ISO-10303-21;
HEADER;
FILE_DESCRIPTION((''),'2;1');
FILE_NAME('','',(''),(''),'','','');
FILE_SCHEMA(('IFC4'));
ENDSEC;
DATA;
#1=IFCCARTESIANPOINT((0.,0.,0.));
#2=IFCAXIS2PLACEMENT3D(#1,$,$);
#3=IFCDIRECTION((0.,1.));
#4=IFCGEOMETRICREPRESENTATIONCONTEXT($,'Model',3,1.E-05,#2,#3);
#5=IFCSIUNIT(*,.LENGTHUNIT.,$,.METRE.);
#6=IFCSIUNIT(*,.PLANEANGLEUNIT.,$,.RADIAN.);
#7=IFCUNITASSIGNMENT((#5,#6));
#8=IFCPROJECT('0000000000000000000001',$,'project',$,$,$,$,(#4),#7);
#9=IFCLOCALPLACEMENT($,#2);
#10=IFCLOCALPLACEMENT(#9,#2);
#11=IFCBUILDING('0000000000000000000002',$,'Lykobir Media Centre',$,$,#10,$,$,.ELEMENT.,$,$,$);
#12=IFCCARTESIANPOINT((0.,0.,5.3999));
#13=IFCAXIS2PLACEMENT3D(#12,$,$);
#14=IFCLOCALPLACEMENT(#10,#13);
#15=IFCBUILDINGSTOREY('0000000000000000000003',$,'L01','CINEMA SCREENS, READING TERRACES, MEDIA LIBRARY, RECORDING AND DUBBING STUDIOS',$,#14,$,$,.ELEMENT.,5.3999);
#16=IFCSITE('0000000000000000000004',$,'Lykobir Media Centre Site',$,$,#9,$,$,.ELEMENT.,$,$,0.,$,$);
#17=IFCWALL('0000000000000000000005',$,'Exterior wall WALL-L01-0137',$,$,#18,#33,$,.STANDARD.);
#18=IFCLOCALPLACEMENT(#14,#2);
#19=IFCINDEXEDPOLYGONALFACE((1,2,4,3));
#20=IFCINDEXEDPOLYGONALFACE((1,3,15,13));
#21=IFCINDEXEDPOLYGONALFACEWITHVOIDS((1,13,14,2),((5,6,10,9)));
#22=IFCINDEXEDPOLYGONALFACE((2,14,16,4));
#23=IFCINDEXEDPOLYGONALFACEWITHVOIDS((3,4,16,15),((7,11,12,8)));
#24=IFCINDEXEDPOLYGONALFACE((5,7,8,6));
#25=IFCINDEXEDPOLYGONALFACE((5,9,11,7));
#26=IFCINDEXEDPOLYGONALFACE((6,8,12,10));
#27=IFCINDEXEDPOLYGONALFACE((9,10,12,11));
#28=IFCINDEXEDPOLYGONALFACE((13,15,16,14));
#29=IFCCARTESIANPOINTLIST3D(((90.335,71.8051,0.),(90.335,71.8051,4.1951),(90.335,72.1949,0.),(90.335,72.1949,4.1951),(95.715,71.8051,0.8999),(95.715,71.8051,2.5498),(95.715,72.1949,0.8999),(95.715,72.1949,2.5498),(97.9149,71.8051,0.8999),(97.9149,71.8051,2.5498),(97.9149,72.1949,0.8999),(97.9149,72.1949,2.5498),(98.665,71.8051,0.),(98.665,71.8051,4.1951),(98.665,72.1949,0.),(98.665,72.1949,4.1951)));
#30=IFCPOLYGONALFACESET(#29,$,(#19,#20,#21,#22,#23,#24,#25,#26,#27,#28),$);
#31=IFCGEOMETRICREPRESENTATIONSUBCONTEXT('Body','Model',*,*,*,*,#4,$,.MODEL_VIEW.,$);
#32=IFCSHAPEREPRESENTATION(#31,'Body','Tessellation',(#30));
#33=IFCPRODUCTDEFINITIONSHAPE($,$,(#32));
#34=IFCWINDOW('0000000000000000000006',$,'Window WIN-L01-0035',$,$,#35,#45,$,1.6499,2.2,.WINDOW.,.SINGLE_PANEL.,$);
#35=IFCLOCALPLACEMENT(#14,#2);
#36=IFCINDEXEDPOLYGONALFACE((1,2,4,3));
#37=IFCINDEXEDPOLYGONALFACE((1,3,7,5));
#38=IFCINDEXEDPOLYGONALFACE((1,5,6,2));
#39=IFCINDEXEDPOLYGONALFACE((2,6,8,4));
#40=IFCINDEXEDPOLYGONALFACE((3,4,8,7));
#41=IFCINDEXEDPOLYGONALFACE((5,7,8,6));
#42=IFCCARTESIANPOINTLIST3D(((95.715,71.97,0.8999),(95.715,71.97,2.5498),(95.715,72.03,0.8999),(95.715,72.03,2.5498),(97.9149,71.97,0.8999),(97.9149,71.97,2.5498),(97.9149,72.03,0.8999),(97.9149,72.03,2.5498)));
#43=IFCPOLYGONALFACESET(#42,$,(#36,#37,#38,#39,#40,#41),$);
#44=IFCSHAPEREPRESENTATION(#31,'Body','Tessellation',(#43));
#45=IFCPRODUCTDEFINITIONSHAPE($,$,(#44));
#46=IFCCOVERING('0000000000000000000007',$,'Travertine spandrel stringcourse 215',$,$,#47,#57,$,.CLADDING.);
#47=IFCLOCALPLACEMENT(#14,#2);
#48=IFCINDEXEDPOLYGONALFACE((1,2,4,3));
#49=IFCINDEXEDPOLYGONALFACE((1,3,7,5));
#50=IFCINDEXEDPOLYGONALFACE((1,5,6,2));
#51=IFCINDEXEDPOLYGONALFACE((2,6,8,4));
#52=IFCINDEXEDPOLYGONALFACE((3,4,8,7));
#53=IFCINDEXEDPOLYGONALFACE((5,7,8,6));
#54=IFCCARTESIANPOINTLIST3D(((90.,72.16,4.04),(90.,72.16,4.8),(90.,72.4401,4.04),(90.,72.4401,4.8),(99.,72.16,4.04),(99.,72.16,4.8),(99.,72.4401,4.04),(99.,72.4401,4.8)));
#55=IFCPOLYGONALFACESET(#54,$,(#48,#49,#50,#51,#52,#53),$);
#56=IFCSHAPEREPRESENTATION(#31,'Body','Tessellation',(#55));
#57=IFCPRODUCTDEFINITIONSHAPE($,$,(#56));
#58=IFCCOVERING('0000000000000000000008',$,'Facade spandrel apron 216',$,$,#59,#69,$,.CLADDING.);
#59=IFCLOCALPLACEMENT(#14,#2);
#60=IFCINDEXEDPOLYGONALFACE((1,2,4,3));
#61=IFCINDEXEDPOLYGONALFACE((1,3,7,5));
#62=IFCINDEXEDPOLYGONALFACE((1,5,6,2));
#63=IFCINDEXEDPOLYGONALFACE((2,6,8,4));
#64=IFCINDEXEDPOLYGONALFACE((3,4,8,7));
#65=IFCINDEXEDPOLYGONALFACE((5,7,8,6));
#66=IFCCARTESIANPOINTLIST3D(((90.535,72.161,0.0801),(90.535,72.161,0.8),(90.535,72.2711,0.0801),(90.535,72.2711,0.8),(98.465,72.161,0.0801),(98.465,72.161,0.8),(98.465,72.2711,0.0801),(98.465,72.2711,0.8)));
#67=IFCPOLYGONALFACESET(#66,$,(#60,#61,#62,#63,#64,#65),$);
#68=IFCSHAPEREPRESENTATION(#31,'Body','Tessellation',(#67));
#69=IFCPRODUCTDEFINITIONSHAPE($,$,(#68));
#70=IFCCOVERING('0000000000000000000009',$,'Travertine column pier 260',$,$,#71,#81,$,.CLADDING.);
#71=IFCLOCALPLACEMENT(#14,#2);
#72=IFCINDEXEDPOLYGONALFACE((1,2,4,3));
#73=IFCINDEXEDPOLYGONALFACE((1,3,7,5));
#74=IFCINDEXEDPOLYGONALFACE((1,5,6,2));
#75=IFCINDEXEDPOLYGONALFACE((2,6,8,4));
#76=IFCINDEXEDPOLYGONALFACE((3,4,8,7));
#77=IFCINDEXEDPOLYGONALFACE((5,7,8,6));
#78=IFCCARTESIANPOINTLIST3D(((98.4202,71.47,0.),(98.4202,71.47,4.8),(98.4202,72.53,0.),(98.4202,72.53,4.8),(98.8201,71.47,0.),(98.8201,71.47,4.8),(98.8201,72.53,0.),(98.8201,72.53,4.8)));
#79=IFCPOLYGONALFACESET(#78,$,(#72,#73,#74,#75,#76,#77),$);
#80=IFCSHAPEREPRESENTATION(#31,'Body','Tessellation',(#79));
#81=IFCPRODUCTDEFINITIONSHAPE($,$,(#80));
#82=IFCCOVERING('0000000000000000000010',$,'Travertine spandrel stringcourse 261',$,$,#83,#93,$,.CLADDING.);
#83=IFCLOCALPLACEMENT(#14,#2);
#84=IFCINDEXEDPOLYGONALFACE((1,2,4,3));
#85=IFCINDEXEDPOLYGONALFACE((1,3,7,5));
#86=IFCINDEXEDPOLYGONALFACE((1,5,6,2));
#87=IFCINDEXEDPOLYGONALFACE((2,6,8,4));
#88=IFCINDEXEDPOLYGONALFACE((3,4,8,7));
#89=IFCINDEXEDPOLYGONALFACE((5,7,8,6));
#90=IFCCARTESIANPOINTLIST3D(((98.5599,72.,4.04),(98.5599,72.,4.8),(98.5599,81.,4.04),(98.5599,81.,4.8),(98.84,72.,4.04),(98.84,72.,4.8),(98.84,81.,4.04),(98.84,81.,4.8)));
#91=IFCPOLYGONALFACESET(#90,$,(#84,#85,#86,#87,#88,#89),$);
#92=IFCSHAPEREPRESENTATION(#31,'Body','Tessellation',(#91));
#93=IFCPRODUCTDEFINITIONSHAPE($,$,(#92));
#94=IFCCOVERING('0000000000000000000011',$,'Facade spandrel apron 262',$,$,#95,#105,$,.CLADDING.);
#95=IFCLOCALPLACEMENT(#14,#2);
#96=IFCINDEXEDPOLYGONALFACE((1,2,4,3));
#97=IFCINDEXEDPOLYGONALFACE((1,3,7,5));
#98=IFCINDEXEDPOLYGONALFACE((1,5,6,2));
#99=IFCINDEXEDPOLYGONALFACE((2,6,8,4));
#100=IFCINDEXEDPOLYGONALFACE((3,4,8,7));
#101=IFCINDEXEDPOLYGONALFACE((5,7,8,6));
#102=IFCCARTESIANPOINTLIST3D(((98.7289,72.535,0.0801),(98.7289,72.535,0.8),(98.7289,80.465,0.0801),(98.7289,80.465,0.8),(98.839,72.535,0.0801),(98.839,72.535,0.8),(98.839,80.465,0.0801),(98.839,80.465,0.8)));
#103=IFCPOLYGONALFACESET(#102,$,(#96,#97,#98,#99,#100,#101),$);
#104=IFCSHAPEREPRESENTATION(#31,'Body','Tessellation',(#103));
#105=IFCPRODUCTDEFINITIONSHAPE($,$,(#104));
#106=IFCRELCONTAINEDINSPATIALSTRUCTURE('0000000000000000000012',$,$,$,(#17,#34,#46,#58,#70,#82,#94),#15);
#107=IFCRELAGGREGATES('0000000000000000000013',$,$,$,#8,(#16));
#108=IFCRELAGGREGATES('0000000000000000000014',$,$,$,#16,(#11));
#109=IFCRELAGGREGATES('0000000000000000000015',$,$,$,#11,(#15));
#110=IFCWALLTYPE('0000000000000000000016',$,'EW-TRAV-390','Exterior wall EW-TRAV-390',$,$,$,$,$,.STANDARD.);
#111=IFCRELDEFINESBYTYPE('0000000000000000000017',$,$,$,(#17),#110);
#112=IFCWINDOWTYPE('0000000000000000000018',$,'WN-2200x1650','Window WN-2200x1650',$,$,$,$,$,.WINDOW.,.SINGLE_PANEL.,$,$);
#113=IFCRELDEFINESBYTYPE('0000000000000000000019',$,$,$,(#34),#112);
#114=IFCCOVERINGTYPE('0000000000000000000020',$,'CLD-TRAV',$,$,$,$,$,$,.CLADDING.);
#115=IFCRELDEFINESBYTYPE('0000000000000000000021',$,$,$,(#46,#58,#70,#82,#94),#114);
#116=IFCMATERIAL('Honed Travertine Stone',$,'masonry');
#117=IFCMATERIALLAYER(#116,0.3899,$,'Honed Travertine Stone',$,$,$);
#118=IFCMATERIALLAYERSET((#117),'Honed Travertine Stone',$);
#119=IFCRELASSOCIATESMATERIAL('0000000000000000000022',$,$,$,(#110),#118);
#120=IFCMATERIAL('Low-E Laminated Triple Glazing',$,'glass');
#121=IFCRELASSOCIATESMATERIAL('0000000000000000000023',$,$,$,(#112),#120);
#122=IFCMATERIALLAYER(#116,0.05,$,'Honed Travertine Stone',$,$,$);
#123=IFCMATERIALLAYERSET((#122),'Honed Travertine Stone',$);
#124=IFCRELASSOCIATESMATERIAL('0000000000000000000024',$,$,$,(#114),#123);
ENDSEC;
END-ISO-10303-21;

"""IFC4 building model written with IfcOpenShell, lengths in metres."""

from ifc_helpers import new_model, si_unit, direction, frame, frame_2d, origin, origin_2d, place, context, subcontext, project, spatial, rectangle, extrude, material, layer, layer_set, type_object, element, fill, save


model = new_model("IFC4")

# Units and contexts
model_context = context("Model", 3, precision=1e-05, world=origin(), true_north=direction((0.0, 1.0)))
body_context = subcontext(model_context, "Body", "Model", "MODEL_VIEW")
ifc_project = project(units=[si_unit("LENGTHUNIT", "METRE"), si_unit("PLANEANGLEUNIT", "RADIAN")], contexts=[model_context])

# Site, building, storey
site_placement = place(None, origin())
site = spatial("IfcSite", under=ifc_project, at=site_placement, Name="Lykobir Media Centre Site", CompositionType="ELEMENT", RefElevation=0.0)
building_placement = place(site_placement, origin())
building = spatial("IfcBuilding", under=site, at=building_placement, Name="Lykobir Media Centre", CompositionType="ELEMENT")
storey_placement = place(building_placement, frame((0.0, 0.0, 5.3999)))
storey = spatial("IfcBuildingStorey", under=building, at=storey_placement, Name="L01", Description="CINEMA SCREENS, READING TERRACES, MEDIA LIBRARY, RECORDING AND DUBBING STUDIOS", CompositionType="ELEMENT", Elevation=5.3999)

# Shared definitions
ifc_material_1 = material(Name="Low-E Laminated Triple Glazing", Category="glass")

# Wall, opening, window
ifc_material_2 = material(Name="Honed Travertine Stone", Category="masonry")
ifc_layer_1 = layer(ifc_material_2, 0.3899, Name="Honed Travertine Stone")
ifc_layer_set_1 = layer_set([ifc_layer_1], Name="Honed Travertine Stone")
wall_type = type_object("IfcWallType", Name="EW-TRAV-390", Description="Exterior wall EW-TRAV-390", PredefinedType="STANDARD", material=ifc_layer_set_1)
wall_placement = place(storey_placement, frame((98.665, 72.0, 0.0), z_axis=(0.0, 0.0, 1.0), x_axis=(-1.0, 0.0, 0.0)))
wall = element("IfcWall", 1, at=wall_placement, inside=storey, type_object=wall_type, Name="Exterior wall WALL-L01-0137", PredefinedType="STANDARD", context=body_context, shape_type="SweptSolid", body=[
    extrude(rectangle(XDim=8.3301, YDim=0.3899, at=frame_2d((4.165, 0.0))), origin(), (0.0, 0.0, 1.0), 4.1951),
])
opening_placement = place(wall_placement, frame((0.75, 0.0, 0.8999)))
opening = element("IfcOpeningElement", 2, at=opening_placement, cuts=wall, PredefinedType="OPENING", context=body_context, shape_type="SweptSolid", body=[
    extrude(rectangle(XDim=2.2, YDim=1.6499, at=frame_2d((1.1001, 0.825))), frame((0.0, 0.2048, 0.0), z_axis=(0.0, -1.0, 0.0), x_axis=(1.0, 0.0, 0.0)), (0.0, 0.0, 1.0), 0.4099),
])
window_type = type_object("IfcWindowType", Name="WN-2200x1650", Description="Window WN-2200x1650", PartitioningType="SINGLE_PANEL", PredefinedType="WINDOW", material=ifc_material_1)
window_placement = place(opening_placement, origin())
window = element("IfcWindow", 3, at=window_placement, inside=storey, type_object=window_type, Name="Window WIN-L01-0035", OverallHeight=1.6499, OverallWidth=2.2, PartitioningType="SINGLE_PANEL", PredefinedType="WINDOW", context=body_context, shape_type="SweptSolid", body=[
    extrude(rectangle(XDim=2.2, YDim=1.6499, at=frame_2d((1.1001, 0.825))), frame((0.0, 0.03, 0.0), z_axis=(0.0, -1.0, 0.0), x_axis=(1.0, 0.0, 0.0)), (0.0, 0.0, 1.0), 0.0601),
])
fill(opening, window)

# Coverings
ifc_layer_2 = layer(ifc_material_2, 0.05, Name="Honed Travertine Stone")
ifc_layer_set_2 = layer_set([ifc_layer_2], Name="Honed Travertine Stone")
covering_type = type_object("IfcCoveringType", Name="CLD-TRAV", PredefinedType="CLADDING", material=ifc_layer_set_2)
covering_1_placement = place(storey_placement, frame((94.5, 72.3, 4.04), z_axis=(0.0, 0.0, 1.0), x_axis=(-1.0, 0.0, 0.0)))
element("IfcCovering", 4, at=covering_1_placement, inside=storey, type_object=covering_type, Name="Travertine spandrel stringcourse 215", PredefinedType="CLADDING", context=body_context, shape_type="SweptSolid", body=[
    extrude(rectangle(XDim=9.0, YDim=0.28, at=origin_2d()), origin(), (0.0, 0.0, 1.0), 0.76),
])
covering_2_placement = place(storey_placement, frame((94.5, 72.2161, 0.0801), z_axis=(0.0, 0.0, 1.0), x_axis=(-1.0, 0.0, 0.0)))
element("IfcCovering", 5, at=covering_2_placement, inside=storey, type_object=covering_type, Name="Facade spandrel apron 216", PredefinedType="CLADDING", context=body_context, shape_type="SweptSolid", body=[
    extrude(rectangle(XDim=7.9299, YDim=0.1101, at=origin_2d()), origin(), (0.0, 0.0, 1.0), 0.72),
])
covering_3_placement = place(storey_placement, frame((98.6201, 72.0, 0.0), z_axis=(0.0, 0.0, 1.0), x_axis=(0.0, -1.0, 0.0)))
element("IfcCovering", 6, at=covering_3_placement, inside=storey, type_object=covering_type, Name="Travertine column pier 260", PredefinedType="CLADDING", context=body_context, shape_type="SweptSolid", body=[
    extrude(rectangle(XDim=1.0601, YDim=0.3999, at=origin_2d()), origin(), (0.0, 0.0, 1.0), 4.8),
])
covering_4_placement = place(storey_placement, frame((98.7, 76.5, 4.04), z_axis=(0.0, 0.0, 1.0), x_axis=(0.0, -1.0, 0.0)))
element("IfcCovering", 7, at=covering_4_placement, inside=storey, type_object=covering_type, Name="Travertine spandrel stringcourse 261", PredefinedType="CLADDING", context=body_context, shape_type="SweptSolid", body=[
    extrude(rectangle(XDim=9.0, YDim=0.28, at=origin_2d()), origin(), (0.0, 0.0, 1.0), 0.76),
])
covering_5_placement = place(storey_placement, frame((98.7839, 76.5, 0.0801), z_axis=(0.0, 0.0, 1.0), x_axis=(0.0, -1.0, 0.0)))
element("IfcCovering", 8, at=covering_5_placement, inside=storey, type_object=covering_type, Name="Facade spandrel apron 262", PredefinedType="CLADDING", context=body_context, shape_type="SweptSolid", body=[
    extrude(rectangle(XDim=7.9299, YDim=0.1101, at=origin_2d()), origin(), (0.0, 0.0, 1.0), 0.72),
])

save(model, "model.ifc")
